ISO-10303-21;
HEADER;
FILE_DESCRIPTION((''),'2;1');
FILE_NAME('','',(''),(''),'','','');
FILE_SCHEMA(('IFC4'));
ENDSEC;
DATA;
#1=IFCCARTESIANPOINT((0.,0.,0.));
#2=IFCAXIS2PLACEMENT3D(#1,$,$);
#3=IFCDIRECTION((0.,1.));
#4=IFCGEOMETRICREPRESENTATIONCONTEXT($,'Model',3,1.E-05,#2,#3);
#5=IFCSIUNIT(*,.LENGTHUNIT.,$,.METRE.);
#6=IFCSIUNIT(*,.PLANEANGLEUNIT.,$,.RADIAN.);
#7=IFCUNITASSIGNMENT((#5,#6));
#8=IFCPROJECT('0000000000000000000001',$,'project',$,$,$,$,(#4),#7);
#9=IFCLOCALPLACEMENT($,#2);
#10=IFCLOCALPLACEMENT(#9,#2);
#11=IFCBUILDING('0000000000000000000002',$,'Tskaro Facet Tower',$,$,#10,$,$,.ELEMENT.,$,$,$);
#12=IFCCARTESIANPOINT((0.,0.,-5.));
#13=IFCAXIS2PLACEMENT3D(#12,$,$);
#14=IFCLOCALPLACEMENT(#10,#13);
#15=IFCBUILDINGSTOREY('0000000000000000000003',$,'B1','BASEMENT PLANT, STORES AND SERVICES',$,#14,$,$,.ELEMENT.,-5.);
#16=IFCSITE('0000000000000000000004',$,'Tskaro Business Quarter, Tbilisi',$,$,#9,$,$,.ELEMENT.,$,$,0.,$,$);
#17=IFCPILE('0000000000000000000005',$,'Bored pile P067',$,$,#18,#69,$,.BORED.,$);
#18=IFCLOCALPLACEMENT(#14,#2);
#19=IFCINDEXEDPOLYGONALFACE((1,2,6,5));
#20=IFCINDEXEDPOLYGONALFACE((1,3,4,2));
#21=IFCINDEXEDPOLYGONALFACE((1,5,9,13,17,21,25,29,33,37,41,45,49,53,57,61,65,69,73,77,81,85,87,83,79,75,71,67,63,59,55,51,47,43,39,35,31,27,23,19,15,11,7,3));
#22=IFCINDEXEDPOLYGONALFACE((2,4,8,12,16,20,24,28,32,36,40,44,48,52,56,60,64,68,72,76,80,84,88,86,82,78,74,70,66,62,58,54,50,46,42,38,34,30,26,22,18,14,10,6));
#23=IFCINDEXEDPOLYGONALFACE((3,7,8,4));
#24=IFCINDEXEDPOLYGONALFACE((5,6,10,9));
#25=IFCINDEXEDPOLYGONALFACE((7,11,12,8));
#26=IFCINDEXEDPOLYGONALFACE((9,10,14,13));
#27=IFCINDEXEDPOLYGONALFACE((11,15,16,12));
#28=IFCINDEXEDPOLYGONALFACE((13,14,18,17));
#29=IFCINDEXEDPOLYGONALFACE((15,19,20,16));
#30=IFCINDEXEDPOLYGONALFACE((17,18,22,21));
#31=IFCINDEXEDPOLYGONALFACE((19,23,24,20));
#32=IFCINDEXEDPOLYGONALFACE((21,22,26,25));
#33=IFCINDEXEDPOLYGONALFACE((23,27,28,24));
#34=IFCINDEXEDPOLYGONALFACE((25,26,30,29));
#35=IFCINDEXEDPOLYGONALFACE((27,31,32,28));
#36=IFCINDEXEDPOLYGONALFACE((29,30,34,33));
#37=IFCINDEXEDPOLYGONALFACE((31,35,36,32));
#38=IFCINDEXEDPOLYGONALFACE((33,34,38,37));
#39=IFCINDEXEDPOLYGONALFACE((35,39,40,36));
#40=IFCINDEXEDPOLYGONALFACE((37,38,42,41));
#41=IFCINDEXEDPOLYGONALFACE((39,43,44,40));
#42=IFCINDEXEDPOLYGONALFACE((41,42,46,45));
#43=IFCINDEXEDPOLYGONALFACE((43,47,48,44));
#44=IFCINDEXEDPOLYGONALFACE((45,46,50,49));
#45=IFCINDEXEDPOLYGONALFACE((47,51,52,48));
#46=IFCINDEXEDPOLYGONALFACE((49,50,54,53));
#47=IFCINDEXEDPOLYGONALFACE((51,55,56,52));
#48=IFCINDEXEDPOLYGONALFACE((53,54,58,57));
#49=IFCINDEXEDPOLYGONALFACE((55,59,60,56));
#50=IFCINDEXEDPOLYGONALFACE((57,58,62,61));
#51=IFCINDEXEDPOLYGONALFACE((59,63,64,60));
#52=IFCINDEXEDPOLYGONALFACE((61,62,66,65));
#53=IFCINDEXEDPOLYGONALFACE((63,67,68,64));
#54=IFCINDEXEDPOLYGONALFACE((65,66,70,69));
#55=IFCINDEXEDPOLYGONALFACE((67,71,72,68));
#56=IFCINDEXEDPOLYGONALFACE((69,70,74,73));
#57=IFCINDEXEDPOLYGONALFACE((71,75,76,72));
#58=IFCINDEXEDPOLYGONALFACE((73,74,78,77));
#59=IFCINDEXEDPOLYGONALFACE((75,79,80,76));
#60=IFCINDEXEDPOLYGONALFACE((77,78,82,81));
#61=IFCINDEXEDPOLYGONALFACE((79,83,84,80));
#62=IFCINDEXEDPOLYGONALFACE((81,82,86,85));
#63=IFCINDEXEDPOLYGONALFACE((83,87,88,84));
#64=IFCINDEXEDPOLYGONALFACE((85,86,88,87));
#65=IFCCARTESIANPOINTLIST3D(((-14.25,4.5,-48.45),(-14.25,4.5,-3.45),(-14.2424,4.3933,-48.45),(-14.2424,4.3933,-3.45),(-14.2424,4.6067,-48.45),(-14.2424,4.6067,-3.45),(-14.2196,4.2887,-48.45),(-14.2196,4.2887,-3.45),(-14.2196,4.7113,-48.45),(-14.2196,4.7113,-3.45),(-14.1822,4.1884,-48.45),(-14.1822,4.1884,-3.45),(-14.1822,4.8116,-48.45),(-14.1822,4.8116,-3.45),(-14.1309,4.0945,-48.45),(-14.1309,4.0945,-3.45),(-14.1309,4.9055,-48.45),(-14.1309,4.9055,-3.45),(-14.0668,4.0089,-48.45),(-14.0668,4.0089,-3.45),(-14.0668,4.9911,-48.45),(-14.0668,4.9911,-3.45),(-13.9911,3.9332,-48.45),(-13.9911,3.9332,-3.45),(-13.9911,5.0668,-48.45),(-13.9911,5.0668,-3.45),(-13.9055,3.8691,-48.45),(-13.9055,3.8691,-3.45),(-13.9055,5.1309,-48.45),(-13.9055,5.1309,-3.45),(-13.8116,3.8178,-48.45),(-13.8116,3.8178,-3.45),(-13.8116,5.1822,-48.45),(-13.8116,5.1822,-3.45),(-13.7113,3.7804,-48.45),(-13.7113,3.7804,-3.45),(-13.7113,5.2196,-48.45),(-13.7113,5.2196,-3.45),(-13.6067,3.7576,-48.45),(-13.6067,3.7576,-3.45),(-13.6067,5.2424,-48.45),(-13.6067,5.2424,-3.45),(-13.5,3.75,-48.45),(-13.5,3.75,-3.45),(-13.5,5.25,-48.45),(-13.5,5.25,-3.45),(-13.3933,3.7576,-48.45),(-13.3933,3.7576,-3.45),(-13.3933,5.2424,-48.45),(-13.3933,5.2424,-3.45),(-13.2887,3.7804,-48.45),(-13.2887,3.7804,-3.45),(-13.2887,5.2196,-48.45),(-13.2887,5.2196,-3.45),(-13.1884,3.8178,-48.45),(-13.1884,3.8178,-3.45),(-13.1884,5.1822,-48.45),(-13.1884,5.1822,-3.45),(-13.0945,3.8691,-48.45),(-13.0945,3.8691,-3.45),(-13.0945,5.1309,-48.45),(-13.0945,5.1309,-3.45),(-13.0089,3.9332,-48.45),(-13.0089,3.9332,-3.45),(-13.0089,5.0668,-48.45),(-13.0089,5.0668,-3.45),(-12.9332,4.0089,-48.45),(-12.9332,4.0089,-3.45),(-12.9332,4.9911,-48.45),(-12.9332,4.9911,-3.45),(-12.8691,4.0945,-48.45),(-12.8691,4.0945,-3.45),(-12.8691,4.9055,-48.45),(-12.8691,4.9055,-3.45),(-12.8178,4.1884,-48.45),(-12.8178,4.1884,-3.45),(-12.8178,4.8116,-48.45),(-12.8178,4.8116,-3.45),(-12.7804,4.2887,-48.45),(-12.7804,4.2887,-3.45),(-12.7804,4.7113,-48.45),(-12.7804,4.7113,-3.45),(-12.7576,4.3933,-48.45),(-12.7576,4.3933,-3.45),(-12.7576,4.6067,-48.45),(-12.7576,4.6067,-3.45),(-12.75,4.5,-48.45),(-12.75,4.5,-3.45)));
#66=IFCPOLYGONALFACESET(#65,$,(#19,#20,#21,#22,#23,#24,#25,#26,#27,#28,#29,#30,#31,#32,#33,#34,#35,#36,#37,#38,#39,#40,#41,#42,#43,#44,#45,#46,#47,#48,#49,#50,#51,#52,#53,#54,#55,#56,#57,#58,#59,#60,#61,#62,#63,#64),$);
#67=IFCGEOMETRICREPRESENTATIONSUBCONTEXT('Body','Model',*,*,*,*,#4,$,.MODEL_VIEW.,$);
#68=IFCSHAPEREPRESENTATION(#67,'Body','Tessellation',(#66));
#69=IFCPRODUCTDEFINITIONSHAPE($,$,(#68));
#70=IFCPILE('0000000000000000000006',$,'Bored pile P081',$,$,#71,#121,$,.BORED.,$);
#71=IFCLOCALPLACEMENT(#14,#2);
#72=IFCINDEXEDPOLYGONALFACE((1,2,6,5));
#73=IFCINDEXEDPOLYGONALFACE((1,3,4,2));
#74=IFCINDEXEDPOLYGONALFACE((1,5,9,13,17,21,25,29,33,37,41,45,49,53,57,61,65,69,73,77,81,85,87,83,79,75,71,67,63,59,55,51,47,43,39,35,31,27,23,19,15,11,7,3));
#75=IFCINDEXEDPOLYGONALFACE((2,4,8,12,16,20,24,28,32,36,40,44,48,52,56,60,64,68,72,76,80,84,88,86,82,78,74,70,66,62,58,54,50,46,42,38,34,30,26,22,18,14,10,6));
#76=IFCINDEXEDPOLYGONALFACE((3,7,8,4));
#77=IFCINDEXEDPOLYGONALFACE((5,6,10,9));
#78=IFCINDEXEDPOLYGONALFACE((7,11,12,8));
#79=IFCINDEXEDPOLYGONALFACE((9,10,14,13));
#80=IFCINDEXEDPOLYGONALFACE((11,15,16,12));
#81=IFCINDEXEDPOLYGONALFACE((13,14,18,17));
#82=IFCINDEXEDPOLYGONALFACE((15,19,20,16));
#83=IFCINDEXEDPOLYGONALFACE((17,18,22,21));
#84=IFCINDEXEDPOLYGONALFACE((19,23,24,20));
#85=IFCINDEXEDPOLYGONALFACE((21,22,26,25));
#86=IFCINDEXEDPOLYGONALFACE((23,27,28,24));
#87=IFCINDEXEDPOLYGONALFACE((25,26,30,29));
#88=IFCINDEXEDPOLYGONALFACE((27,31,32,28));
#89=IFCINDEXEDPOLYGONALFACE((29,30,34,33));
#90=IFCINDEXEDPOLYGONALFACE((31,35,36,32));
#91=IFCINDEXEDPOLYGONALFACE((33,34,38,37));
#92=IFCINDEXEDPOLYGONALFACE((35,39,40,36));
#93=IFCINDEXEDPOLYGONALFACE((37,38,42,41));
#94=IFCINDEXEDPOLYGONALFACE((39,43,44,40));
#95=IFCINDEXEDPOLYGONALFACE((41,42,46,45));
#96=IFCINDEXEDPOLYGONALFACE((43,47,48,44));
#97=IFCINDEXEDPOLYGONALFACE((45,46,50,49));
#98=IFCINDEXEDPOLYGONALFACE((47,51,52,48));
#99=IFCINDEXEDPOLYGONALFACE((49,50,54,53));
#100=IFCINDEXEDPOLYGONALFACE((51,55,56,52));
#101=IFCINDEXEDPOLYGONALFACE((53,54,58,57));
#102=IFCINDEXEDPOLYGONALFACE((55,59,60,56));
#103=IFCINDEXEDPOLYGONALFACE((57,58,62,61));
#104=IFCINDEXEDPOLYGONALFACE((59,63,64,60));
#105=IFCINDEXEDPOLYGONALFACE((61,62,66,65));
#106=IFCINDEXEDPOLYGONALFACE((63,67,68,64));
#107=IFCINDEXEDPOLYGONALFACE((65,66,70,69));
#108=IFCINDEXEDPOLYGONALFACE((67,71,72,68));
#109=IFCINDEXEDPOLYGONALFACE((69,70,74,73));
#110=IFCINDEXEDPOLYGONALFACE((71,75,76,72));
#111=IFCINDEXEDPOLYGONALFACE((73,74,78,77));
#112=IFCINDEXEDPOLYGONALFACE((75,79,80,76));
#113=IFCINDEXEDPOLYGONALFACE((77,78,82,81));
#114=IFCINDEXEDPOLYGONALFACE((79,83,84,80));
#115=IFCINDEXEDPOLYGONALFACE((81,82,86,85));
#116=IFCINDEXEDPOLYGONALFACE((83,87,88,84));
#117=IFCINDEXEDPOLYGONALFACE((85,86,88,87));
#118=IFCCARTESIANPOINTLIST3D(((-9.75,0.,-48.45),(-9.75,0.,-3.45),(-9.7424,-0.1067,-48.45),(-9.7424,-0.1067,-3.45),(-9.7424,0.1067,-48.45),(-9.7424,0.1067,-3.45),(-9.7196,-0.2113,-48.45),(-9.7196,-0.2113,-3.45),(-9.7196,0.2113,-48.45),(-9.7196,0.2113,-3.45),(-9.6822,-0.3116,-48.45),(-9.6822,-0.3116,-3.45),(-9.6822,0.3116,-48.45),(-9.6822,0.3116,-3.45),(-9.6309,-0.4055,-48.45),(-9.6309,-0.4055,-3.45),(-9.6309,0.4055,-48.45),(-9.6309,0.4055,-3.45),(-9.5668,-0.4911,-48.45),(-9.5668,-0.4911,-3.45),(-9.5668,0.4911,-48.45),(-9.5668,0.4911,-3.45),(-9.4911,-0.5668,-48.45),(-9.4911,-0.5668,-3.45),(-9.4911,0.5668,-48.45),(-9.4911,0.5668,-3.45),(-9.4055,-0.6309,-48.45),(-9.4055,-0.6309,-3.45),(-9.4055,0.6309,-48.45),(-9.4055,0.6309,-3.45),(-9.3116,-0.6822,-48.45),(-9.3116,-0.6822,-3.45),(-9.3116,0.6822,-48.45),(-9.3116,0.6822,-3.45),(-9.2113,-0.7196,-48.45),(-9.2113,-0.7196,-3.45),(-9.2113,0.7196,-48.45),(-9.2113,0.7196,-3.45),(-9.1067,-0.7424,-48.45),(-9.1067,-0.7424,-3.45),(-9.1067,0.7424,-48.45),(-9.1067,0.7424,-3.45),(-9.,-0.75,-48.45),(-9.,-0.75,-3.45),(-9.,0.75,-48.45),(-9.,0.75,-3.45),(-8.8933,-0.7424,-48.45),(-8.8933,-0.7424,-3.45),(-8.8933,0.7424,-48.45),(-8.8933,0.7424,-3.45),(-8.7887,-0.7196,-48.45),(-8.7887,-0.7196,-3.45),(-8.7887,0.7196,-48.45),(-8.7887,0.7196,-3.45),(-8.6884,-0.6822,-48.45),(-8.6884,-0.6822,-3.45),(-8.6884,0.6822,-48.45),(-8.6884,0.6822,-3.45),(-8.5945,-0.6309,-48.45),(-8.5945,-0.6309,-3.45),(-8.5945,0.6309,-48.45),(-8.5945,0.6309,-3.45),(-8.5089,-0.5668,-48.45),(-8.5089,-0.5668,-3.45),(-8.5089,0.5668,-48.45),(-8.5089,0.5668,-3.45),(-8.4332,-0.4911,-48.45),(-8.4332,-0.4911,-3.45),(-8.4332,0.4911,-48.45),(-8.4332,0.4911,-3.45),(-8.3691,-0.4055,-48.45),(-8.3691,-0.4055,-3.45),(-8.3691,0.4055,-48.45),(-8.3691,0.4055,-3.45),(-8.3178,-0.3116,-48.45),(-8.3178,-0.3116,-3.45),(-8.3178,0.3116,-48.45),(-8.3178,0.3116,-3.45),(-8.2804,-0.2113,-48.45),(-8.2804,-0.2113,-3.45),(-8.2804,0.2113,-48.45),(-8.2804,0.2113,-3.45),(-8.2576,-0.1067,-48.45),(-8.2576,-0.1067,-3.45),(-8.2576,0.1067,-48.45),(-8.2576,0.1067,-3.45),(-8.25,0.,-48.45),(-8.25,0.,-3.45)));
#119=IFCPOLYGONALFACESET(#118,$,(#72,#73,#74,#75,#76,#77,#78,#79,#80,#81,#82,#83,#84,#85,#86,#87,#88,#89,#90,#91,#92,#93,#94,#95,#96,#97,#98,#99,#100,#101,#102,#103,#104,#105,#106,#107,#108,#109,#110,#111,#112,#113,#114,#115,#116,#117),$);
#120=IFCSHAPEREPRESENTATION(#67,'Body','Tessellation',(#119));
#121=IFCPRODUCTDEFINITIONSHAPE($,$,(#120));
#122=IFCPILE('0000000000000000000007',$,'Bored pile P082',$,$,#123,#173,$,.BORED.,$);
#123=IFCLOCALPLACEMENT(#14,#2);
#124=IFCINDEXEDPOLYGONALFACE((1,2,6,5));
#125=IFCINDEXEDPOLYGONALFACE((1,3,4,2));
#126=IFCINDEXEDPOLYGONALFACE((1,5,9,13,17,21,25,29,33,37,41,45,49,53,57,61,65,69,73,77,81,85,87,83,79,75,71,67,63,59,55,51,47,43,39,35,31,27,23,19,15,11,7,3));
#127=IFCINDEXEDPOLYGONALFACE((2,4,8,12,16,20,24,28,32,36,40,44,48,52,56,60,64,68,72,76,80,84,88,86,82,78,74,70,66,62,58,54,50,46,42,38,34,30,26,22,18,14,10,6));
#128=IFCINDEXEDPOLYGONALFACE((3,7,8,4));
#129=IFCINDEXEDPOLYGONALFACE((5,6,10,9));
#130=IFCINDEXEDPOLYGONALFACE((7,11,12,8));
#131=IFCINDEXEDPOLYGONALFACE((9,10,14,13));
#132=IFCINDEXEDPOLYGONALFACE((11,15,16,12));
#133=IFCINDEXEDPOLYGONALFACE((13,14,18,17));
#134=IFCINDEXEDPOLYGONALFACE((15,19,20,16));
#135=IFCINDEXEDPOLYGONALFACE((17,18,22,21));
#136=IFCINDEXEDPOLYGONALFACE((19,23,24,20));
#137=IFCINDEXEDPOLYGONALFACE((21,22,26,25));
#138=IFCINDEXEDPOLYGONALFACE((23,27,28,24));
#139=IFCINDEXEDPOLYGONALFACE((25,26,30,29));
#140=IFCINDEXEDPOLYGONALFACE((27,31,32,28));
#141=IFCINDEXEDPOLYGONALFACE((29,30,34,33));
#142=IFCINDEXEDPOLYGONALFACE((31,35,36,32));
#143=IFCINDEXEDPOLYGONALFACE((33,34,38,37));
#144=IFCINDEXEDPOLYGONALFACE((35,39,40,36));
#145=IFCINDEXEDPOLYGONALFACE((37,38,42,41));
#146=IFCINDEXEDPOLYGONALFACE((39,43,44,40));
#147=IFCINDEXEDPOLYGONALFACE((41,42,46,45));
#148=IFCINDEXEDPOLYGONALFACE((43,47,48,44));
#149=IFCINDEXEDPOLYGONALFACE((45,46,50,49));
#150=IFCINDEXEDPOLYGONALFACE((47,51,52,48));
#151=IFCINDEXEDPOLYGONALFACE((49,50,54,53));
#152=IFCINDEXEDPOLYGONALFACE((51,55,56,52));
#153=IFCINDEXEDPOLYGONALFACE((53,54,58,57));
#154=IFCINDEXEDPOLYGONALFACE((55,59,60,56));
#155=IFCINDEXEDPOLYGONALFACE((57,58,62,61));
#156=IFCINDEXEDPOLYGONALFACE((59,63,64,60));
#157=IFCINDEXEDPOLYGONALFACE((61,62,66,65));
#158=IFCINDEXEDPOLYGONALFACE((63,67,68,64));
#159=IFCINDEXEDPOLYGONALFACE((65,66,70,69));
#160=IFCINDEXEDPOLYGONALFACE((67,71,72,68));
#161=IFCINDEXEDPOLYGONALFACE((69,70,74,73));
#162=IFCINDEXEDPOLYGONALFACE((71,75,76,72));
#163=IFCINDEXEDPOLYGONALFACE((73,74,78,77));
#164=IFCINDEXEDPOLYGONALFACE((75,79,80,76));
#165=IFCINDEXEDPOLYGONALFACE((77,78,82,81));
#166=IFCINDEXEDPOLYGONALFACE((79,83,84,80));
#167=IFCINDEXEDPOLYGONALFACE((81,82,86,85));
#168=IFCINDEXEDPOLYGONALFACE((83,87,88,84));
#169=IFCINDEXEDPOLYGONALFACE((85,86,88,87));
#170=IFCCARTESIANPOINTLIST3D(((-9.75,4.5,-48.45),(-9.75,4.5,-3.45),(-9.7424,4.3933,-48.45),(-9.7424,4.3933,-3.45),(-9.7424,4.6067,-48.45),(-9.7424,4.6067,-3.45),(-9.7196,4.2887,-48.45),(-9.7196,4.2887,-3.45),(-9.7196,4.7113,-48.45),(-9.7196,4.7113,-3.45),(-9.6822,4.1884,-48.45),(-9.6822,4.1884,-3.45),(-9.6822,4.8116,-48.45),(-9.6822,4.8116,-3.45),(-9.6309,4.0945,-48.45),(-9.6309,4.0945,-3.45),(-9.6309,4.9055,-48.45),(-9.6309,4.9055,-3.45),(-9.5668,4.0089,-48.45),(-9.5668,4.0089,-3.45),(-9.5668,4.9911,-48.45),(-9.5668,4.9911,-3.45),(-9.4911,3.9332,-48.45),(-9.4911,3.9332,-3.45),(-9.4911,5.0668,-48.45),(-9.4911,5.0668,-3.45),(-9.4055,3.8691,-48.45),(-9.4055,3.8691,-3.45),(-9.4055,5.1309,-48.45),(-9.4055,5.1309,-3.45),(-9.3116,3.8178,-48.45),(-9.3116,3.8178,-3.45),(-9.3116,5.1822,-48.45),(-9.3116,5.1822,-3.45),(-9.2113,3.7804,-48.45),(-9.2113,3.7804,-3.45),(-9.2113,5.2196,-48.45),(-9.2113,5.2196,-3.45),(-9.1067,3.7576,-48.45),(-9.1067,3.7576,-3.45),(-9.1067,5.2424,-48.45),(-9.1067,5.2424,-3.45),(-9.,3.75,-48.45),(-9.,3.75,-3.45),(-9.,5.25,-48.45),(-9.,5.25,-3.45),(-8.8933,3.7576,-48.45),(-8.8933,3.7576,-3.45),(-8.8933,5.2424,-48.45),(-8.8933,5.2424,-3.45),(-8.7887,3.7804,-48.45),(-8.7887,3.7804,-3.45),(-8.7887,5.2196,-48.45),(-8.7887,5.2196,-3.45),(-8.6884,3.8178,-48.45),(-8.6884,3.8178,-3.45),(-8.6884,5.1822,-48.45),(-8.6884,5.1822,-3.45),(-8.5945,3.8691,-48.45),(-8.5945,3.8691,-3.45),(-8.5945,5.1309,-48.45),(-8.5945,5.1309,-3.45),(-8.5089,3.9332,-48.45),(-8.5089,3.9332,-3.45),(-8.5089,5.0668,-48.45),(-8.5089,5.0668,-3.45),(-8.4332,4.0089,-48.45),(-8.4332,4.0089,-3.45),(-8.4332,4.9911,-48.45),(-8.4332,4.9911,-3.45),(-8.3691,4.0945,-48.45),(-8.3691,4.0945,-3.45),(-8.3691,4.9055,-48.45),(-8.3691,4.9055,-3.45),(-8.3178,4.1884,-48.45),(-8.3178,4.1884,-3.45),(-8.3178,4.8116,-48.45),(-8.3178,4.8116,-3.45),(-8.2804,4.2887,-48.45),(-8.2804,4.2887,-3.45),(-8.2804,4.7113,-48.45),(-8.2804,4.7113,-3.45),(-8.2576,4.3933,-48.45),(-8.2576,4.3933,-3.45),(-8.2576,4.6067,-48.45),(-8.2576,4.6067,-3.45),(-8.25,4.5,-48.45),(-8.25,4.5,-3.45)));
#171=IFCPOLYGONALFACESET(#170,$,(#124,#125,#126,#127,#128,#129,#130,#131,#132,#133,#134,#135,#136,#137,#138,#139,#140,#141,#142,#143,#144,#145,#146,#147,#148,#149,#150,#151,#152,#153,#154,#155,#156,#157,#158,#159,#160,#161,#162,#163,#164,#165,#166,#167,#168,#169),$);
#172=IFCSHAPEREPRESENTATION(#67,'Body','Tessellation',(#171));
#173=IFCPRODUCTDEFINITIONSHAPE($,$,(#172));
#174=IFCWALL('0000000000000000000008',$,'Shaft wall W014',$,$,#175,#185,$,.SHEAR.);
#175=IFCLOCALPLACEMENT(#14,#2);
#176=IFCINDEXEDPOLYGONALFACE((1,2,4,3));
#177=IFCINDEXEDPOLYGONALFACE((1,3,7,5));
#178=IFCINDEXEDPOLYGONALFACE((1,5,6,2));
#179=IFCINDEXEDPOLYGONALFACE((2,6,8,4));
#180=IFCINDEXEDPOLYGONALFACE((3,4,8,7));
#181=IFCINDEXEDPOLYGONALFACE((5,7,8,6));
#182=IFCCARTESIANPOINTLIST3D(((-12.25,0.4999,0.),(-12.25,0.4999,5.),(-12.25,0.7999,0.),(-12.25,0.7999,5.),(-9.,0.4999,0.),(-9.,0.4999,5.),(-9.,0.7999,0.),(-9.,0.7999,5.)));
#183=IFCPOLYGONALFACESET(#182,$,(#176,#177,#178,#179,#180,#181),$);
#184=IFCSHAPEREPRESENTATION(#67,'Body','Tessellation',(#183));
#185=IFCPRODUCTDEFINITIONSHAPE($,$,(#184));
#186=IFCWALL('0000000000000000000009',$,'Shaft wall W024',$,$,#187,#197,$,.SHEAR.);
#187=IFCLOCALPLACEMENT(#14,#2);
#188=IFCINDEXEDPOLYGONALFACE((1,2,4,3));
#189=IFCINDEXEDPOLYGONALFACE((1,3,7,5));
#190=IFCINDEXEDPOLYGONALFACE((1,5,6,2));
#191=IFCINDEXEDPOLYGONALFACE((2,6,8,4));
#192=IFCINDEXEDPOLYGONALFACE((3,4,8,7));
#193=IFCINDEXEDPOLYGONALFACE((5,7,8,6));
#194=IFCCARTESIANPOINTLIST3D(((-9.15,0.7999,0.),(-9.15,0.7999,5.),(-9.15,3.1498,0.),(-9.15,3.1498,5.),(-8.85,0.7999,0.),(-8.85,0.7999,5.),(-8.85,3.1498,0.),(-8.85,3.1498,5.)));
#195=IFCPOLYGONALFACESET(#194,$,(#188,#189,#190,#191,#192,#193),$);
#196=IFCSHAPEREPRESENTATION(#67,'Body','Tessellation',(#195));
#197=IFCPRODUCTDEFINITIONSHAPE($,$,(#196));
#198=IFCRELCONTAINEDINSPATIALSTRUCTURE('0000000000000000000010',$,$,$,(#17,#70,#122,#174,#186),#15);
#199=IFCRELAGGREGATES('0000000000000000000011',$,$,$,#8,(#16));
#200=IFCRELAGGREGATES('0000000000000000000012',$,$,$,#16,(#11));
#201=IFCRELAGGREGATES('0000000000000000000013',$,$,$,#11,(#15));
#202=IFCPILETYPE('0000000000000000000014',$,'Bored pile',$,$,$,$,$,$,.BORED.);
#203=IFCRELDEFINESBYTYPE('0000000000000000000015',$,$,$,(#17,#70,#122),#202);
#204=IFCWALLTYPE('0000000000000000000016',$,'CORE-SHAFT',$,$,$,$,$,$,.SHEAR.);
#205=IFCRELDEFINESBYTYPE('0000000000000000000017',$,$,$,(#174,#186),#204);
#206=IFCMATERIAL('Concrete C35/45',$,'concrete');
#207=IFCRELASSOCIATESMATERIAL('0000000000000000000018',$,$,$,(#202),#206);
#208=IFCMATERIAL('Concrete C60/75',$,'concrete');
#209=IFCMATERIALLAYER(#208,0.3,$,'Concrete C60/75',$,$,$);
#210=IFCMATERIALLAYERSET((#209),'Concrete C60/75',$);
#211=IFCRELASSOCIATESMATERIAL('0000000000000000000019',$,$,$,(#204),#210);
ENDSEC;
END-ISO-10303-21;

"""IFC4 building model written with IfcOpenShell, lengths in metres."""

from ifc_helpers import new_model, si_unit, direction, frame, frame_2d, origin, origin_2d, place, context, subcontext, project, spatial, rectangle, circle, extrude, material, layer, layer_set, material_profile, profile_set, type_object, element, save


model = new_model("IFC4")

# Units and contexts
model_context = context("Model", 3, precision=1e-05, world=origin(), true_north=direction((0.0, 1.0)))
body_context = subcontext(model_context, "Body", "Model", "MODEL_VIEW")
ifc_project = project(units=[si_unit("LENGTHUNIT", "METRE"), si_unit("PLANEANGLEUNIT", "RADIAN")], contexts=[model_context])

# Site, building, storey
site_placement = place(None, origin())
site = spatial("IfcSite", under=ifc_project, at=site_placement, Name="Tskaro Business Quarter, Tbilisi", CompositionType="ELEMENT", RefElevation=0.0)
building_placement = place(site_placement, origin())
building = spatial("IfcBuilding", under=site, at=building_placement, Name="Tskaro Facet Tower", CompositionType="ELEMENT")
storey_placement = place(building_placement, frame((0.0, 0.0, -5.0)))
storey = spatial("IfcBuildingStorey", under=building, at=storey_placement, Name="B1", Description="BASEMENT PLANT, STORES AND SERVICES", CompositionType="ELEMENT", Elevation=-5.0)

# Piles
ifc_material_1 = material(Name="Concrete C35/45", Category="concrete")
ifc_material_profile = material_profile(ifc_material_1, circle(Radius=0.75, at=origin_2d()), Name="Bored pile")
ifc_profile_set = profile_set([ifc_material_profile], Name="Concrete C35/45")
pile_type = type_object("IfcPileType", Name="Bored pile", PredefinedType="BORED", material=ifc_profile_set)
for number, where, z_axis, x_axis, name in (
    (1, (-13.5, 4.5, -3.45), (0.0, 0.0, -1.0), (1.0, 0.0, 0.0), "Bored pile P067"),
    (2, (-9.0, 0.0, -3.45), (0.0, 0.0, -1.0), (1.0, 0.0, 0.0), "Bored pile P081"),
    (3, (-9.0, 4.5, -3.45), (0.0, 0.0, -1.0), (1.0, 0.0, 0.0), "Bored pile P082"),
):
    element("IfcPile", number, at=place(storey_placement, frame(where, z_axis=z_axis, x_axis=x_axis)), inside=storey, type_object=pile_type, Name=name, PredefinedType="BORED", context=body_context, shape_type="SweptSolid", body=[
        extrude(circle(Radius=0.75, at=origin_2d()), origin(), (0.0, 0.0, 1.0), 45.0),
    ])

# Walls
ifc_material_2 = material(Name="Concrete C60/75", Category="concrete")
ifc_layer_1 = layer(ifc_material_2, 0.3, Name="Concrete C60/75")
ifc_layer_set_1 = layer_set([ifc_layer_1], Name="Concrete C60/75")
wall_type_1 = type_object("IfcWallType", Name="CORE-SHAFT", PredefinedType="SHEAR", material=ifc_layer_set_1)
wall_1_placement = place(storey_placement, frame((-9.0, 0.6499, 0.0), z_axis=(0.0, 0.0, 1.0), x_axis=(-1.0, 0.0, 0.0)))
element("IfcWall", 4, at=wall_1_placement, inside=storey, type_object=wall_type_1, Name="Shaft wall W014", PredefinedType="SHEAR", context=body_context, shape_type="SweptSolid", body=[
    extrude(rectangle(XDim=3.25, YDim=0.3, at=frame_2d((1.625, 0.0))), origin(), (0.0, 0.0, 1.0), 5.0),
])
wall_2_placement = place(storey_placement, frame((-9.0, 0.8, 0.0), z_axis=(0.0, 0.0, 1.0), x_axis=(0.0, 1.0, 0.0)))
element("IfcWall", 5, at=wall_2_placement, inside=storey, type_object=wall_type_1, Name="Shaft wall W024", PredefinedType="SHEAR", context=body_context, shape_type="SweptSolid", body=[
    extrude(rectangle(XDim=2.3499, YDim=0.3, at=frame_2d((1.1748, 0.0))), origin(), (0.0, 0.0, 1.0), 5.0),
])

save(model, "model.ifc")
